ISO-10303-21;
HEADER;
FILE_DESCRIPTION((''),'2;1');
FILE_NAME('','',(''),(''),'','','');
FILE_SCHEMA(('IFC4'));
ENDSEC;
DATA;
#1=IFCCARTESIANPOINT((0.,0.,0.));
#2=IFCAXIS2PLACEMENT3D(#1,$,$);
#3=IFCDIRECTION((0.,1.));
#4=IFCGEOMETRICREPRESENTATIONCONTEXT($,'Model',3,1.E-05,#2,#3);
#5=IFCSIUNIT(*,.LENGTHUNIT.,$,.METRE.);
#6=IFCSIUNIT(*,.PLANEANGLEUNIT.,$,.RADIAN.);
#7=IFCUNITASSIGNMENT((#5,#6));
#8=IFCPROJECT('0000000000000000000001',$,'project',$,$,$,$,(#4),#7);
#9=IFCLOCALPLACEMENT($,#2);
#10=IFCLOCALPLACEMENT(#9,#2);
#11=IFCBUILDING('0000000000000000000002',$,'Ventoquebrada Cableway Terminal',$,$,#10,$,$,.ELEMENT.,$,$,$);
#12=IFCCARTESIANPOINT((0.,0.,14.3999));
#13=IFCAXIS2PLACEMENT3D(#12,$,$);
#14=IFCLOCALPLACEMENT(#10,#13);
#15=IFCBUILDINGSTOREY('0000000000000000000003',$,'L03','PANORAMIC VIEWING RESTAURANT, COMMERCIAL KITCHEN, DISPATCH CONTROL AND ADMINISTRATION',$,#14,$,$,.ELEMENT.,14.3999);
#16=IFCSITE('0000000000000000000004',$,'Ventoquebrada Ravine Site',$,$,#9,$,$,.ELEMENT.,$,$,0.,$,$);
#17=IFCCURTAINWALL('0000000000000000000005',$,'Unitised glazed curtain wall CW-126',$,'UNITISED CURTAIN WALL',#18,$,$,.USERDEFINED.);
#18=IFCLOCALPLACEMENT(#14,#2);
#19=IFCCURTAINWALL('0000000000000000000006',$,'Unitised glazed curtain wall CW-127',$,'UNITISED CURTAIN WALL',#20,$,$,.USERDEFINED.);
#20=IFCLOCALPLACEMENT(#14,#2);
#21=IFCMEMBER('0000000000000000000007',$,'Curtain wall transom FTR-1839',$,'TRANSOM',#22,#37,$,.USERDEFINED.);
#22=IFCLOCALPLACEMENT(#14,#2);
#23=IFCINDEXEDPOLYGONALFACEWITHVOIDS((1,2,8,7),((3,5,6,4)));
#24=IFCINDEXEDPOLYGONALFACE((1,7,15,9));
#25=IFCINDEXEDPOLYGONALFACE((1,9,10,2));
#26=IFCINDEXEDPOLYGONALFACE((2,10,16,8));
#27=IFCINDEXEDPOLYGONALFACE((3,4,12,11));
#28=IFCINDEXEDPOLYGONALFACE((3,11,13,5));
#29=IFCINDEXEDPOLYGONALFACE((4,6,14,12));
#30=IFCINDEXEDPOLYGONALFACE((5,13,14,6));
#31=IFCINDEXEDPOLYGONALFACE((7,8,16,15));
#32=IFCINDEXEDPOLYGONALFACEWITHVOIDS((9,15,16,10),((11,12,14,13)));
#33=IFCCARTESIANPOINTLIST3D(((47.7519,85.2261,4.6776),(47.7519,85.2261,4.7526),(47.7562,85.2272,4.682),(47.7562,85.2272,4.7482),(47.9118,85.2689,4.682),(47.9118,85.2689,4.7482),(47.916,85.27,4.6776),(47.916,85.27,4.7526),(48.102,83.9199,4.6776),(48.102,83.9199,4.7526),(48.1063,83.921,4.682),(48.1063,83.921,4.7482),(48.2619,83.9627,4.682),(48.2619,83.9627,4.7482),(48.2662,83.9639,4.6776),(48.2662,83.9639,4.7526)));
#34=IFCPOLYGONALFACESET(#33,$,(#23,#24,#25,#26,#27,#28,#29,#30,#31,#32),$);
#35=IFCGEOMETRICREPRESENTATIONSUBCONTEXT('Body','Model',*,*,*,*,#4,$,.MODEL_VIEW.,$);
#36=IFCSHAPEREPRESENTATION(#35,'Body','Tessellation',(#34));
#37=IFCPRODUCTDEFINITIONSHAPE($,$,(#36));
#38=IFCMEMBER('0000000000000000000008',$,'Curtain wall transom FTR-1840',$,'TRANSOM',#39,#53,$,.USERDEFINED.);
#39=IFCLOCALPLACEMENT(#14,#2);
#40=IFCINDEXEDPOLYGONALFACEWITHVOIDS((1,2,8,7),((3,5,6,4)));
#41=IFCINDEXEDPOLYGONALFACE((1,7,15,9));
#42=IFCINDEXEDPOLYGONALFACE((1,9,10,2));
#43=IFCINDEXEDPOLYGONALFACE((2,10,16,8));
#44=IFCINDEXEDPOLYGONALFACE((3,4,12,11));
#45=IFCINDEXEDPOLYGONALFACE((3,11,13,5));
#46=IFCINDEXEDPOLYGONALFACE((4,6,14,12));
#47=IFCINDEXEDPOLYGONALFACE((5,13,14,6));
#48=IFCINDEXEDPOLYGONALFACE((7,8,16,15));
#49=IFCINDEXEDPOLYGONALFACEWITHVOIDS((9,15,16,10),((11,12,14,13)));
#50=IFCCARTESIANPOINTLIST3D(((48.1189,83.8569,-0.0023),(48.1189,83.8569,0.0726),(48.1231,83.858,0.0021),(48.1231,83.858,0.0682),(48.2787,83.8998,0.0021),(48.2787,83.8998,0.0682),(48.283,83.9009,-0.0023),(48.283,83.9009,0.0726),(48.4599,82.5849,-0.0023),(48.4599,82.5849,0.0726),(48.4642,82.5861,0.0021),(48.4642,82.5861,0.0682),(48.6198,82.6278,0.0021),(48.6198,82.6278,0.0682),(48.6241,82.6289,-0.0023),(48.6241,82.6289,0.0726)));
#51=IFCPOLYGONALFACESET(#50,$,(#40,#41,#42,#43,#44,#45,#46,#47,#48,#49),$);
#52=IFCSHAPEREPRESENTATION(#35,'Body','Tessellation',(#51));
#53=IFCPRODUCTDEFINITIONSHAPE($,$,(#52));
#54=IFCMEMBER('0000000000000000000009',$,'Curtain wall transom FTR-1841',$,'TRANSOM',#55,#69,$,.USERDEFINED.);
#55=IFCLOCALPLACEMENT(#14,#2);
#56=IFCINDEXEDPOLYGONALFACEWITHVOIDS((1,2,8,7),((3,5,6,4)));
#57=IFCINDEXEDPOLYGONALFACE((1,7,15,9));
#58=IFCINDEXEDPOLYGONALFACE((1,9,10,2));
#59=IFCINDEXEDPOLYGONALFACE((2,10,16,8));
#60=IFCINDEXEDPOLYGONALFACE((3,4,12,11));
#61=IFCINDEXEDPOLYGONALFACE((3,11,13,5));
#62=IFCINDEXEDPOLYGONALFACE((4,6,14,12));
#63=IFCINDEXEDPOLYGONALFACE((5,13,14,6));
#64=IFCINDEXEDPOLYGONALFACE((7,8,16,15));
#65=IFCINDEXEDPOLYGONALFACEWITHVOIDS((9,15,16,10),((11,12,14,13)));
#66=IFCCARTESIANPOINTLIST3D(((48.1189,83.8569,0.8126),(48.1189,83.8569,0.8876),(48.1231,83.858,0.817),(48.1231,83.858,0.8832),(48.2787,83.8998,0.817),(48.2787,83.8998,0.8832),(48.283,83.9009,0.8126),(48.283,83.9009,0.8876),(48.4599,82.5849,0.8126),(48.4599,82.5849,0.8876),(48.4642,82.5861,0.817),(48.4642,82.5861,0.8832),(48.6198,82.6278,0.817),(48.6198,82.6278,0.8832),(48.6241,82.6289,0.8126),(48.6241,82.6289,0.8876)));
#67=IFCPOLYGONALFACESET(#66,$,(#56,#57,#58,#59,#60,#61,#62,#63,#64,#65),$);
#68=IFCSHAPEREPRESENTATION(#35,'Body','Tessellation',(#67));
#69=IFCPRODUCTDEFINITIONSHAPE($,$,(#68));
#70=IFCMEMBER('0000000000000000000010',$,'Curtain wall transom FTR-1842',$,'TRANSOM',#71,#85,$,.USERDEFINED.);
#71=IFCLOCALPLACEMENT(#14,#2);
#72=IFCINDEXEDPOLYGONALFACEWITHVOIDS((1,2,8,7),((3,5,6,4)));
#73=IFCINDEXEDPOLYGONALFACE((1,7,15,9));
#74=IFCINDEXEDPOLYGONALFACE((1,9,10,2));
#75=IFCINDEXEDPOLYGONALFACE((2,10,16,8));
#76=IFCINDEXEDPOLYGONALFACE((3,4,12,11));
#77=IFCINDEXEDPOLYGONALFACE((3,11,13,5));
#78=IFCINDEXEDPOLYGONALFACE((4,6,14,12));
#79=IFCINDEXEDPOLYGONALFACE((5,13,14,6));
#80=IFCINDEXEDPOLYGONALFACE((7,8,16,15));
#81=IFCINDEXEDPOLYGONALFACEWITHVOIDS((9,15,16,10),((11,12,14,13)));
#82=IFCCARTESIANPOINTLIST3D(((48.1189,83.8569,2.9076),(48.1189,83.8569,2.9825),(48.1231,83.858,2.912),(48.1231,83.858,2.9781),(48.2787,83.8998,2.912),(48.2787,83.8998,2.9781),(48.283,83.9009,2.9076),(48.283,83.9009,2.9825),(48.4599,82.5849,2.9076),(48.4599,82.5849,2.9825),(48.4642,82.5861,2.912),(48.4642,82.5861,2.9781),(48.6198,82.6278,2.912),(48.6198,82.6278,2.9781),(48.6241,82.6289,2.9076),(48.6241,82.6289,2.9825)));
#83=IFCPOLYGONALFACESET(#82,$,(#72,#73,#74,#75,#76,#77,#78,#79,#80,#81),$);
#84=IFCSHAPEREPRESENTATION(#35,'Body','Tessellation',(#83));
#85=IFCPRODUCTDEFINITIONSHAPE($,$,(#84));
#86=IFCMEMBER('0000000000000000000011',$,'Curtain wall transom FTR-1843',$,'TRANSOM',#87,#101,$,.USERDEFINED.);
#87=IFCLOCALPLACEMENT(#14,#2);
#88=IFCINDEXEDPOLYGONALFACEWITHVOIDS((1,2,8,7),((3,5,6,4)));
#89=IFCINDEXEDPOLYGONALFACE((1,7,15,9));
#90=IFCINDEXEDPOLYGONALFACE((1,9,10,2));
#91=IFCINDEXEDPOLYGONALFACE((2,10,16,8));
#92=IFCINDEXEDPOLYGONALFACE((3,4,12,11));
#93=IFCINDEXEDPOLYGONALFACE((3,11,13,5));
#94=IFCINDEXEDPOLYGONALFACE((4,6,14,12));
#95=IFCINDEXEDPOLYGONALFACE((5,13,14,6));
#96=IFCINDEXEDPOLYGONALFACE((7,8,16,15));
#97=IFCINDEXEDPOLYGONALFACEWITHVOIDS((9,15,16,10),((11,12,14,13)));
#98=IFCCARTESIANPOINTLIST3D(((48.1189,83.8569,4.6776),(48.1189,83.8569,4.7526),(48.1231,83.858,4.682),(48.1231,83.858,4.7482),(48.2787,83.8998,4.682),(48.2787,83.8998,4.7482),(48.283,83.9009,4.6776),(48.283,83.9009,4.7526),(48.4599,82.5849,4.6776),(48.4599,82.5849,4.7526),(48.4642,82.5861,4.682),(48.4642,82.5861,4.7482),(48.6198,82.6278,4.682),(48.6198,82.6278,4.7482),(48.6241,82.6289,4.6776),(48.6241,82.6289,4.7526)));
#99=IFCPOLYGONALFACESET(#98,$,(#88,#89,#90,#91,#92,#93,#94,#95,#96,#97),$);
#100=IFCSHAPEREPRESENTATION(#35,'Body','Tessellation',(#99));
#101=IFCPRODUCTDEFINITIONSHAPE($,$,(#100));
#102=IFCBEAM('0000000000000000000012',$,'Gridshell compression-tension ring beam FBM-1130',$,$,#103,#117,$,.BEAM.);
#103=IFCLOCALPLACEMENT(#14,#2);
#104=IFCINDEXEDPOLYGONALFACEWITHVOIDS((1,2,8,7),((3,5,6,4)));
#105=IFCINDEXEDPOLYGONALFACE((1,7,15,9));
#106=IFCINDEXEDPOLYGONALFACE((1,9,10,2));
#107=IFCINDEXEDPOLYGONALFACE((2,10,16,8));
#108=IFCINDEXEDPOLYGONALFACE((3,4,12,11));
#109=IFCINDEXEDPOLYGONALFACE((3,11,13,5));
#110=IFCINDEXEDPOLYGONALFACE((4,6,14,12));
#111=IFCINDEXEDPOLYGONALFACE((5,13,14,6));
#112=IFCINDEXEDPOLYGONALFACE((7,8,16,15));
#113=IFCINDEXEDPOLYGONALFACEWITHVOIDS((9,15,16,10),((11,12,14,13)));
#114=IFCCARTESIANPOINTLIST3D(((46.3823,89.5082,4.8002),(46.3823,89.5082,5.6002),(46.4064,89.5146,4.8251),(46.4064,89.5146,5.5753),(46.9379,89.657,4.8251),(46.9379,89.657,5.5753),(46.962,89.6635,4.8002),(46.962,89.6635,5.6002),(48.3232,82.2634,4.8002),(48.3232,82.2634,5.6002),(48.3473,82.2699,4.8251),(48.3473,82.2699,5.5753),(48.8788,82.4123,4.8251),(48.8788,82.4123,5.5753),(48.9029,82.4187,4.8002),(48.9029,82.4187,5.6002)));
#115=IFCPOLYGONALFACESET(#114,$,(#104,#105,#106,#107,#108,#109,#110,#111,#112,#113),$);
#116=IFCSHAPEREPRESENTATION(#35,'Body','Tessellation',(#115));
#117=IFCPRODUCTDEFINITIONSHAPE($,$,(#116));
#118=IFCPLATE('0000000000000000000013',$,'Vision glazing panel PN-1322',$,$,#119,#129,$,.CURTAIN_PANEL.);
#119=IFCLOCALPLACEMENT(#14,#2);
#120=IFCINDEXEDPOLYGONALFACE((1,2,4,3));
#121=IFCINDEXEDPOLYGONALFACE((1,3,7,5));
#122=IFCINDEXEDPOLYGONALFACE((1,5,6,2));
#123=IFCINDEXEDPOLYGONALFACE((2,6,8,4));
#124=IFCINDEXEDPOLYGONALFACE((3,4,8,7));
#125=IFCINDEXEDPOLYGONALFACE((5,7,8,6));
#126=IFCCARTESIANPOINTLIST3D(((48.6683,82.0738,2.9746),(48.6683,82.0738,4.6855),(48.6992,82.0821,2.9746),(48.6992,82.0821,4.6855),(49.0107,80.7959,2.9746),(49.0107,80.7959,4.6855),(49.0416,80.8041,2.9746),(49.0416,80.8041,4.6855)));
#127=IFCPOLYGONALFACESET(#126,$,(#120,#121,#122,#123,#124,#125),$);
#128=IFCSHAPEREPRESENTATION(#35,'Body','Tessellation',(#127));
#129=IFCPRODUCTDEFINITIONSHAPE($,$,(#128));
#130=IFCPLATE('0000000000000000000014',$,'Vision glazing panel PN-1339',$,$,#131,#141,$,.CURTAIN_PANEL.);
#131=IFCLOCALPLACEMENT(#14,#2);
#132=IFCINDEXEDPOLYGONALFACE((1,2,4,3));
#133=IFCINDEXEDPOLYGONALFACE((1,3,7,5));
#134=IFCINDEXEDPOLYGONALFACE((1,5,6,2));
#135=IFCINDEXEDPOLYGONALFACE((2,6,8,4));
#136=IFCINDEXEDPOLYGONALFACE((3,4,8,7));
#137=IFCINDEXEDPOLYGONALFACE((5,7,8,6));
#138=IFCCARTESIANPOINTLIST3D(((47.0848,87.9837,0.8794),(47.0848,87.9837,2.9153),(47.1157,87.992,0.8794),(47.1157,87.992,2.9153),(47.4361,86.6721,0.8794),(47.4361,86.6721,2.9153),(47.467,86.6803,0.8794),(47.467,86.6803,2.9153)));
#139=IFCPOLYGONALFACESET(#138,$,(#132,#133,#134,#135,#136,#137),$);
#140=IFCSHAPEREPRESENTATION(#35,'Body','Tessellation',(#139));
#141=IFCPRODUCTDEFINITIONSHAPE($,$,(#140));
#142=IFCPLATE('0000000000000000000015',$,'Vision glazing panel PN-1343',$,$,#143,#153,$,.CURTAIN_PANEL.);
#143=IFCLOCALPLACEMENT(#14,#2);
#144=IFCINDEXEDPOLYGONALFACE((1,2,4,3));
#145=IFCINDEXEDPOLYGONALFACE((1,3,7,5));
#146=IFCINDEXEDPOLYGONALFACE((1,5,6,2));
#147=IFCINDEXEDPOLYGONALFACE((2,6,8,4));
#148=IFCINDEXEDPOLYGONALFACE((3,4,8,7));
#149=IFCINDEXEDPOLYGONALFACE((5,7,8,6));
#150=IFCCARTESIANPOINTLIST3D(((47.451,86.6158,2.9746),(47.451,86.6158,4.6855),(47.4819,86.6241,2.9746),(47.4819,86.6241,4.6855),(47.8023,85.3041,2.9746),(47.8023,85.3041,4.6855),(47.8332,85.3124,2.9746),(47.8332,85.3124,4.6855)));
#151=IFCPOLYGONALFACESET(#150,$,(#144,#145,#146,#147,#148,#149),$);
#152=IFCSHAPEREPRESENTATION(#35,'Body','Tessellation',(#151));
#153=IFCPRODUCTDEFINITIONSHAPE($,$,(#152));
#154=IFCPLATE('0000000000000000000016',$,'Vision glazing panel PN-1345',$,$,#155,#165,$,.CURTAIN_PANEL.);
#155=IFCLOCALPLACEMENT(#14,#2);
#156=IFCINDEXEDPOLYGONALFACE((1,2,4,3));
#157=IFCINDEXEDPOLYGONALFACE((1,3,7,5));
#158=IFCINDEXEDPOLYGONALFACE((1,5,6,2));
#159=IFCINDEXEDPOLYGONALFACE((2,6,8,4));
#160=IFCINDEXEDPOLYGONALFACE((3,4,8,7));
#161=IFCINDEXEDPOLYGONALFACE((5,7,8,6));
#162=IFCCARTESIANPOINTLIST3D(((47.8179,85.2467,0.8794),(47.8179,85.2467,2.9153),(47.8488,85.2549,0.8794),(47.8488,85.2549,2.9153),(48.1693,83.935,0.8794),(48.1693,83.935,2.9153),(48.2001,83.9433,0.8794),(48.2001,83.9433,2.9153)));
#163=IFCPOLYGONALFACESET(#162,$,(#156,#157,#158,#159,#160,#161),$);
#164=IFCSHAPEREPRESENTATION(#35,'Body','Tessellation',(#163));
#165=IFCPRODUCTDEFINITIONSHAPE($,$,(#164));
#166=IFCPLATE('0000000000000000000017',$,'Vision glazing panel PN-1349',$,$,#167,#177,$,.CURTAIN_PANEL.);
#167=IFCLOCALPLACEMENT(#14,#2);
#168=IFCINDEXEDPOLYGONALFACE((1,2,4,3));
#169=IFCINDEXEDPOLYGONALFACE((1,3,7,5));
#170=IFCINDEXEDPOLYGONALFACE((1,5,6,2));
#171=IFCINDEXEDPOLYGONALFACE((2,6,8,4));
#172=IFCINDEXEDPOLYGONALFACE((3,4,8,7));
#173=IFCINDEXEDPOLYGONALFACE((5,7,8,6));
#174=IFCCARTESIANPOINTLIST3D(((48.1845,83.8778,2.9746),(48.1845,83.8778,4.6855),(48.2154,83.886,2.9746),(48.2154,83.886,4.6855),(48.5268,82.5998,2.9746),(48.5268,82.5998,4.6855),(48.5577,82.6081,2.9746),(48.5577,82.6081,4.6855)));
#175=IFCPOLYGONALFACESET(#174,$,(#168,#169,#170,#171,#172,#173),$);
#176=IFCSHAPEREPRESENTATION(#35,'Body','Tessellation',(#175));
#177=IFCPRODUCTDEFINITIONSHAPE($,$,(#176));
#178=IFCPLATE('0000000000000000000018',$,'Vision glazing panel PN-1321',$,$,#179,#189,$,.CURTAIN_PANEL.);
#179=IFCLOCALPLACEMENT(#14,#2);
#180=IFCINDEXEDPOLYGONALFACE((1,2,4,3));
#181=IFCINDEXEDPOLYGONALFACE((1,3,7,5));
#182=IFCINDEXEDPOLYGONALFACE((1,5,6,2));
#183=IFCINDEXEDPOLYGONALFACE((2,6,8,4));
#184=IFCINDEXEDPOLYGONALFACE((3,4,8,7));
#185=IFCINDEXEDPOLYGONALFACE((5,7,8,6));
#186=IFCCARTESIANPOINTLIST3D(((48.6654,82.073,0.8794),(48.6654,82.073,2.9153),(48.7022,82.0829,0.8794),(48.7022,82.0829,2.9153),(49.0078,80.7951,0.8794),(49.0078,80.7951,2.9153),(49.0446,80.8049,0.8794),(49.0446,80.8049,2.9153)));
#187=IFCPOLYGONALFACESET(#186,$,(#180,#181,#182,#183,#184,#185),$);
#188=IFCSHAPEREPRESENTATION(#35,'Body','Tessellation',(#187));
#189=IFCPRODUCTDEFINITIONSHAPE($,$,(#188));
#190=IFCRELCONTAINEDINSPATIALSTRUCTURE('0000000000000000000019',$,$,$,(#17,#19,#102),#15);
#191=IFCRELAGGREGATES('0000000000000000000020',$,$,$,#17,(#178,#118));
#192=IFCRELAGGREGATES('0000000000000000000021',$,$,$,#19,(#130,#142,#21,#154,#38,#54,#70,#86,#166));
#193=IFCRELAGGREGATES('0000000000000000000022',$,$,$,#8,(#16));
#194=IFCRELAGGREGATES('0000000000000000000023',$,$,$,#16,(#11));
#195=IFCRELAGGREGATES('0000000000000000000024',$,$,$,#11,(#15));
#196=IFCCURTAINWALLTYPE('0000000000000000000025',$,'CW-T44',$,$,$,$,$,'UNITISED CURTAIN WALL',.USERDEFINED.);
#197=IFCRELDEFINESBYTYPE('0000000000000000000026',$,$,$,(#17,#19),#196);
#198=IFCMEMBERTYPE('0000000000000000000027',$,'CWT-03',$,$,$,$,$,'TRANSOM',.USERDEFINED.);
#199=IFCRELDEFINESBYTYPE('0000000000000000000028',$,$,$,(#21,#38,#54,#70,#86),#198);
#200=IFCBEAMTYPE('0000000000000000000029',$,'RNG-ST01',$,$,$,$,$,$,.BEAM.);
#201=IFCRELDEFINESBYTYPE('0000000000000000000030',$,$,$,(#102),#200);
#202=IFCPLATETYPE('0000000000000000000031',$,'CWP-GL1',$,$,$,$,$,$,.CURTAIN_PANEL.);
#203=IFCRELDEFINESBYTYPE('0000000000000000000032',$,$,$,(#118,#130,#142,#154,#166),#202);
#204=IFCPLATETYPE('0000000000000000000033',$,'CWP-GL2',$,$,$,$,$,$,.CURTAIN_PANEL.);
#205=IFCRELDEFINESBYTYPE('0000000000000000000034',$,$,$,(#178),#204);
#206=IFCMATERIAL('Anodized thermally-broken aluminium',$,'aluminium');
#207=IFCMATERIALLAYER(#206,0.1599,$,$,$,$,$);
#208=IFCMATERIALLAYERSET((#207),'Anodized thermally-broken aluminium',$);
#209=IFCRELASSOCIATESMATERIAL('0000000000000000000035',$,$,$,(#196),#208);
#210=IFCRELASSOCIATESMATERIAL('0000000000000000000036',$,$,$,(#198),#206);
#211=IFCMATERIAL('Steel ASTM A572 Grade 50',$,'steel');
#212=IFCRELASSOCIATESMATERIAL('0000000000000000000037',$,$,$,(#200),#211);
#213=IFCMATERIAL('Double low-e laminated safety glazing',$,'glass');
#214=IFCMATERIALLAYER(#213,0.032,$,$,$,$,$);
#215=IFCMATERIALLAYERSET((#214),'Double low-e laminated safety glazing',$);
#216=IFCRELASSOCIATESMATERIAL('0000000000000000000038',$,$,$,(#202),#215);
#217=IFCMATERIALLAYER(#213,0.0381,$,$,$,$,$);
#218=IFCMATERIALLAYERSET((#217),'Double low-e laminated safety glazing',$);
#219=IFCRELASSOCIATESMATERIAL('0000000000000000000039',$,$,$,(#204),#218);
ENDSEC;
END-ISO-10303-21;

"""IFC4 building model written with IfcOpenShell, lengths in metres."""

from ifc_helpers import new_model, si_unit, direction, frame, origin, origin_2d, place, context, subcontext, project, spatial, rectangle, hollow_rectangle, extrude, material, layer, layer_set, material_profile, profile_set, type_object, element, aggregate, save


model = new_model("IFC4")

# Units and contexts
model_context = context("Model", 3, precision=1e-05, world=origin(), true_north=direction((0.0, 1.0)))
body_context = subcontext(model_context, "Body", "Model", "MODEL_VIEW")
ifc_project = project(units=[si_unit("LENGTHUNIT", "METRE"), si_unit("PLANEANGLEUNIT", "RADIAN")], contexts=[model_context])

# Site, building, storey
site_placement = place(None, origin())
site = spatial("IfcSite", under=ifc_project, at=site_placement, Name="Ventoquebrada Ravine Site", CompositionType="ELEMENT", RefElevation=0.0)
building_placement = place(site_placement, origin())
building = spatial("IfcBuilding", under=site, at=building_placement, Name="Ventoquebrada Cableway Terminal", CompositionType="ELEMENT")
storey_placement = place(building_placement, frame((0.0, 0.0, 14.3999)))
storey = spatial("IfcBuildingStorey", under=building, at=storey_placement, Name="L03", Description="PANORAMIC VIEWING RESTAURANT, COMMERCIAL KITCHEN, DISPATCH CONTROL AND ADMINISTRATION", CompositionType="ELEMENT", Elevation=14.3999)

# Curtain walls
ifc_material_1 = material(Name="Anodized thermally-broken aluminium", Category="aluminium")
ifc_layer_1 = layer(ifc_material_1, 0.1599)
ifc_layer_set_1 = layer_set([ifc_layer_1], Name="Anodized thermally-broken aluminium")
curtain_wall_type = type_object("IfcCurtainWallType", Name="CW-T44", ElementType="UNITISED CURTAIN WALL", PredefinedType="USERDEFINED", material=ifc_layer_set_1)
curtain_wall_1_placement = place(storey_placement, origin())
curtain_wall_1 = element("IfcCurtainWall", 1, at=curtain_wall_1_placement, inside=storey, type_object=curtain_wall_type, Name="Unitised glazed curtain wall CW-126", ObjectType="UNITISED CURTAIN WALL", PredefinedType="USERDEFINED")
curtain_wall_2_placement = place(storey_placement, origin())
curtain_wall_2 = element("IfcCurtainWall", 2, at=curtain_wall_2_placement, inside=storey, type_object=curtain_wall_type, Name="Unitised glazed curtain wall CW-127", ObjectType="UNITISED CURTAIN WALL", PredefinedType="USERDEFINED")

# Members
ifc_material_profile_1 = material_profile(ifc_material_1, hollow_rectangle(XDim=0.075, YDim=0.1699, WallThickness=0.0044, at=origin_2d()), Name="CW-TRN-75X170")
ifc_profile_set_1 = profile_set([ifc_material_profile_1], Name="Anodized thermally-broken aluminium")
member_type_1 = type_object("IfcMemberType", Name="CWT-03", ElementType="TRANSOM", PredefinedType="USERDEFINED", material=ifc_profile_set_1)
member_1_placement = place(storey_placement, frame((47.834, 85.248, 4.7151), z_axis=(0.258899, -0.965905, 0.0), x_axis=(0.0, 0.0, 1.0)))
member_1 = element("IfcMember", 3, at=member_1_placement, type_object=member_type_1, Name="Curtain wall transom FTR-1839", ObjectType="TRANSOM", PredefinedType="USERDEFINED", context=body_context, shape_type="SweptSolid", body=[
    extrude(hollow_rectangle(XDim=0.075, YDim=0.1699, WallThickness=0.0044, at=origin_2d()), origin(), (0.0, 0.0, 1.0), 1.3523),
])
member_2_placement = place(storey_placement, frame((48.2009, 83.8789, 0.0352), z_axis=(0.258989, -0.96588, 0.0), x_axis=(0.0, 0.0, 1.0)))
member_2 = element("IfcMember", 4, at=member_2_placement, type_object=member_type_1, Name="Curtain wall transom FTR-1840", ObjectType="TRANSOM", PredefinedType="USERDEFINED", context=body_context, shape_type="SweptSolid", body=[
    extrude(hollow_rectangle(XDim=0.075, YDim=0.1699, WallThickness=0.0044, at=origin_2d()), origin(), (0.0, 0.0, 1.0), 1.3169),
])
member_3_placement = place(storey_placement, frame((48.2009, 83.8789, 0.8501), z_axis=(0.258989, -0.96588, 0.0), x_axis=(0.0, 0.0, 1.0)))
member_3 = element("IfcMember", 5, at=member_3_placement, type_object=member_type_1, Name="Curtain wall transom FTR-1841", ObjectType="TRANSOM", PredefinedType="USERDEFINED", context=body_context, shape_type="SweptSolid", body=[
    extrude(hollow_rectangle(XDim=0.075, YDim=0.1699, WallThickness=0.0044, at=origin_2d()), origin(), (0.0, 0.0, 1.0), 1.3169),
])
member_4_placement = place(storey_placement, frame((48.2009, 83.8789, 2.9451), z_axis=(0.258989, -0.96588, 0.0), x_axis=(0.0, 0.0, 1.0)))
member_4 = element("IfcMember", 6, at=member_4_placement, type_object=member_type_1, Name="Curtain wall transom FTR-1842", ObjectType="TRANSOM", PredefinedType="USERDEFINED", context=body_context, shape_type="SweptSolid", body=[
    extrude(hollow_rectangle(XDim=0.075, YDim=0.1699, WallThickness=0.0044, at=origin_2d()), origin(), (0.0, 0.0, 1.0), 1.3169),
])
member_5_placement = place(storey_placement, frame((48.2009, 83.8789, 4.7151), z_axis=(0.258989, -0.96588, 0.0), x_axis=(0.0, 0.0, 1.0)))
member_5 = element("IfcMember", 7, at=member_5_placement, type_object=member_type_1, Name="Curtain wall transom FTR-1843", ObjectType="TRANSOM", PredefinedType="USERDEFINED", context=body_context, shape_type="SweptSolid", body=[
    extrude(hollow_rectangle(XDim=0.075, YDim=0.1699, WallThickness=0.0044, at=origin_2d()), origin(), (0.0, 0.0, 1.0), 1.3169),
])

# Beam
ifc_material_2 = material(Name="Steel ASTM A572 Grade 50", Category="steel")
ifc_material_profile_2 = material_profile(ifc_material_2, hollow_rectangle(XDim=0.6001, YDim=0.8, WallThickness=0.0249, at=origin_2d()), Name="BOX600X800X25")
ifc_profile_set_2 = profile_set([ifc_material_profile_2], Name="Steel ASTM A572 Grade 50")
beam_type = type_object("IfcBeamType", Name="RNG-ST01", PredefinedType="BEAM", material=ifc_profile_set_2)
beam_placement = place(storey_placement, frame((48.613, 82.3411, 5.2002), z_axis=(-0.258777, 0.965937, 0.0), x_axis=(-0.965937, -0.258777, 0.0)))
element("IfcBeam", 8, at=beam_placement, inside=storey, type_object=beam_type, Name="Gridshell compression-tension ring beam FBM-1130", PredefinedType="BEAM", context=body_context, shape_type="SweptSolid", body=[
    extrude(hollow_rectangle(XDim=0.6001, YDim=0.8, WallThickness=0.0249, at=origin_2d()), origin(), (0.0, 0.0, 1.0), 7.5002),
])

# Plates
ifc_material_3 = material(Name="Double low-e laminated safety glazing", Category="glass")
ifc_layer_2 = layer(ifc_material_3, 0.032)
ifc_layer_set_2 = layer_set([ifc_layer_2], Name="Double low-e laminated safety glazing")
plate_type_1 = type_object("IfcPlateType", Name="CWP-GL1", PredefinedType="CURTAIN_PANEL", material=ifc_layer_set_2)
plate_1_placement = place(storey_placement, frame((48.855, 81.439, 2.9746), z_axis=(0.0, 0.0, 1.0), x_axis=(0.258785, -0.965935, 0.0)))
plate_1 = element("IfcPlate", 9, at=plate_1_placement, type_object=plate_type_1, Name="Vision glazing panel PN-1322", PredefinedType="CURTAIN_PANEL", context=body_context, shape_type="SweptSolid", body=[
    extrude(rectangle(XDim=1.323, YDim=0.032, at=origin_2d()), origin(), (0.0, 0.0, 1.0), 1.7109),
])
plate_2_placement = place(storey_placement, frame((47.2759, 87.332, 0.8794), z_axis=(0.0, 0.0, 1.0), x_axis=(0.258735, -0.965948, 0.0)))
plate_2 = element("IfcPlate", 10, at=plate_2_placement, type_object=plate_type_1, Name="Vision glazing panel PN-1339", PredefinedType="CURTAIN_PANEL", context=body_context, shape_type="SweptSolid", body=[
    extrude(rectangle(XDim=1.3579, YDim=0.032, at=origin_2d()), origin(), (0.0, 0.0, 1.0), 2.0359),
])
plate_3_placement = place(storey_placement, frame((47.6421, 85.9641, 2.9746), z_axis=(0.0, 0.0, 1.0), x_axis=(0.258735, -0.965948, 0.0)))
plate_3 = element("IfcPlate", 11, at=plate_3_placement, type_object=plate_type_1, Name="Vision glazing panel PN-1343", PredefinedType="CURTAIN_PANEL", context=body_context, shape_type="SweptSolid", body=[
    extrude(rectangle(XDim=1.3579, YDim=0.032, at=origin_2d()), origin(), (0.0, 0.0, 1.0), 1.7109),
])
plate_4_placement = place(storey_placement, frame((48.009, 84.595, 0.8794), z_axis=(0.0, 0.0, 1.0), x_axis=(0.258735, -0.965948, 0.0)))
plate_4 = element("IfcPlate", 12, at=plate_4_placement, type_object=plate_type_1, Name="Vision glazing panel PN-1345", PredefinedType="CURTAIN_PANEL", context=body_context, shape_type="SweptSolid", body=[
    extrude(rectangle(XDim=1.3579, YDim=0.032, at=origin_2d()), origin(), (0.0, 0.0, 1.0), 2.0359),
])
plate_5_placement = place(storey_placement, frame((48.3711, 83.2429, 2.9746), z_axis=(0.0, 0.0, 1.0), x_axis=(0.258735, -0.965948, 0.0)))
plate_5 = element("IfcPlate", 13, at=plate_5_placement, type_object=plate_type_1, Name="Vision glazing panel PN-1349", PredefinedType="CURTAIN_PANEL", context=body_context, shape_type="SweptSolid", body=[
    extrude(rectangle(XDim=1.323, YDim=0.032, at=origin_2d()), origin(), (0.0, 0.0, 1.0), 1.7109),
])
ifc_layer_3 = layer(ifc_material_3, 0.0381)
ifc_layer_set_3 = layer_set([ifc_layer_3], Name="Double low-e laminated safety glazing")
plate_type_2 = type_object("IfcPlateType", Name="CWP-GL2", PredefinedType="CURTAIN_PANEL", material=ifc_layer_set_3)
plate_6_placement = place(storey_placement, frame((48.855, 81.439, 0.8794), z_axis=(0.0, 0.0, 1.0), x_axis=(0.258785, -0.965935, 0.0)))
plate_6 = element("IfcPlate", 14, at=plate_6_placement, type_object=plate_type_2, Name="Vision glazing panel PN-1321", PredefinedType="CURTAIN_PANEL", context=body_context, shape_type="SweptSolid", body=[
    extrude(rectangle(XDim=1.323, YDim=0.0381, at=origin_2d()), origin(), (0.0, 0.0, 1.0), 2.0359),
])
aggregate(curtain_wall_1, [plate_6, plate_1])
aggregate(curtain_wall_2, [plate_2, plate_3, member_1, plate_4, member_2, member_3, member_4, member_5, plate_5])

save(model, "model.ifc")
